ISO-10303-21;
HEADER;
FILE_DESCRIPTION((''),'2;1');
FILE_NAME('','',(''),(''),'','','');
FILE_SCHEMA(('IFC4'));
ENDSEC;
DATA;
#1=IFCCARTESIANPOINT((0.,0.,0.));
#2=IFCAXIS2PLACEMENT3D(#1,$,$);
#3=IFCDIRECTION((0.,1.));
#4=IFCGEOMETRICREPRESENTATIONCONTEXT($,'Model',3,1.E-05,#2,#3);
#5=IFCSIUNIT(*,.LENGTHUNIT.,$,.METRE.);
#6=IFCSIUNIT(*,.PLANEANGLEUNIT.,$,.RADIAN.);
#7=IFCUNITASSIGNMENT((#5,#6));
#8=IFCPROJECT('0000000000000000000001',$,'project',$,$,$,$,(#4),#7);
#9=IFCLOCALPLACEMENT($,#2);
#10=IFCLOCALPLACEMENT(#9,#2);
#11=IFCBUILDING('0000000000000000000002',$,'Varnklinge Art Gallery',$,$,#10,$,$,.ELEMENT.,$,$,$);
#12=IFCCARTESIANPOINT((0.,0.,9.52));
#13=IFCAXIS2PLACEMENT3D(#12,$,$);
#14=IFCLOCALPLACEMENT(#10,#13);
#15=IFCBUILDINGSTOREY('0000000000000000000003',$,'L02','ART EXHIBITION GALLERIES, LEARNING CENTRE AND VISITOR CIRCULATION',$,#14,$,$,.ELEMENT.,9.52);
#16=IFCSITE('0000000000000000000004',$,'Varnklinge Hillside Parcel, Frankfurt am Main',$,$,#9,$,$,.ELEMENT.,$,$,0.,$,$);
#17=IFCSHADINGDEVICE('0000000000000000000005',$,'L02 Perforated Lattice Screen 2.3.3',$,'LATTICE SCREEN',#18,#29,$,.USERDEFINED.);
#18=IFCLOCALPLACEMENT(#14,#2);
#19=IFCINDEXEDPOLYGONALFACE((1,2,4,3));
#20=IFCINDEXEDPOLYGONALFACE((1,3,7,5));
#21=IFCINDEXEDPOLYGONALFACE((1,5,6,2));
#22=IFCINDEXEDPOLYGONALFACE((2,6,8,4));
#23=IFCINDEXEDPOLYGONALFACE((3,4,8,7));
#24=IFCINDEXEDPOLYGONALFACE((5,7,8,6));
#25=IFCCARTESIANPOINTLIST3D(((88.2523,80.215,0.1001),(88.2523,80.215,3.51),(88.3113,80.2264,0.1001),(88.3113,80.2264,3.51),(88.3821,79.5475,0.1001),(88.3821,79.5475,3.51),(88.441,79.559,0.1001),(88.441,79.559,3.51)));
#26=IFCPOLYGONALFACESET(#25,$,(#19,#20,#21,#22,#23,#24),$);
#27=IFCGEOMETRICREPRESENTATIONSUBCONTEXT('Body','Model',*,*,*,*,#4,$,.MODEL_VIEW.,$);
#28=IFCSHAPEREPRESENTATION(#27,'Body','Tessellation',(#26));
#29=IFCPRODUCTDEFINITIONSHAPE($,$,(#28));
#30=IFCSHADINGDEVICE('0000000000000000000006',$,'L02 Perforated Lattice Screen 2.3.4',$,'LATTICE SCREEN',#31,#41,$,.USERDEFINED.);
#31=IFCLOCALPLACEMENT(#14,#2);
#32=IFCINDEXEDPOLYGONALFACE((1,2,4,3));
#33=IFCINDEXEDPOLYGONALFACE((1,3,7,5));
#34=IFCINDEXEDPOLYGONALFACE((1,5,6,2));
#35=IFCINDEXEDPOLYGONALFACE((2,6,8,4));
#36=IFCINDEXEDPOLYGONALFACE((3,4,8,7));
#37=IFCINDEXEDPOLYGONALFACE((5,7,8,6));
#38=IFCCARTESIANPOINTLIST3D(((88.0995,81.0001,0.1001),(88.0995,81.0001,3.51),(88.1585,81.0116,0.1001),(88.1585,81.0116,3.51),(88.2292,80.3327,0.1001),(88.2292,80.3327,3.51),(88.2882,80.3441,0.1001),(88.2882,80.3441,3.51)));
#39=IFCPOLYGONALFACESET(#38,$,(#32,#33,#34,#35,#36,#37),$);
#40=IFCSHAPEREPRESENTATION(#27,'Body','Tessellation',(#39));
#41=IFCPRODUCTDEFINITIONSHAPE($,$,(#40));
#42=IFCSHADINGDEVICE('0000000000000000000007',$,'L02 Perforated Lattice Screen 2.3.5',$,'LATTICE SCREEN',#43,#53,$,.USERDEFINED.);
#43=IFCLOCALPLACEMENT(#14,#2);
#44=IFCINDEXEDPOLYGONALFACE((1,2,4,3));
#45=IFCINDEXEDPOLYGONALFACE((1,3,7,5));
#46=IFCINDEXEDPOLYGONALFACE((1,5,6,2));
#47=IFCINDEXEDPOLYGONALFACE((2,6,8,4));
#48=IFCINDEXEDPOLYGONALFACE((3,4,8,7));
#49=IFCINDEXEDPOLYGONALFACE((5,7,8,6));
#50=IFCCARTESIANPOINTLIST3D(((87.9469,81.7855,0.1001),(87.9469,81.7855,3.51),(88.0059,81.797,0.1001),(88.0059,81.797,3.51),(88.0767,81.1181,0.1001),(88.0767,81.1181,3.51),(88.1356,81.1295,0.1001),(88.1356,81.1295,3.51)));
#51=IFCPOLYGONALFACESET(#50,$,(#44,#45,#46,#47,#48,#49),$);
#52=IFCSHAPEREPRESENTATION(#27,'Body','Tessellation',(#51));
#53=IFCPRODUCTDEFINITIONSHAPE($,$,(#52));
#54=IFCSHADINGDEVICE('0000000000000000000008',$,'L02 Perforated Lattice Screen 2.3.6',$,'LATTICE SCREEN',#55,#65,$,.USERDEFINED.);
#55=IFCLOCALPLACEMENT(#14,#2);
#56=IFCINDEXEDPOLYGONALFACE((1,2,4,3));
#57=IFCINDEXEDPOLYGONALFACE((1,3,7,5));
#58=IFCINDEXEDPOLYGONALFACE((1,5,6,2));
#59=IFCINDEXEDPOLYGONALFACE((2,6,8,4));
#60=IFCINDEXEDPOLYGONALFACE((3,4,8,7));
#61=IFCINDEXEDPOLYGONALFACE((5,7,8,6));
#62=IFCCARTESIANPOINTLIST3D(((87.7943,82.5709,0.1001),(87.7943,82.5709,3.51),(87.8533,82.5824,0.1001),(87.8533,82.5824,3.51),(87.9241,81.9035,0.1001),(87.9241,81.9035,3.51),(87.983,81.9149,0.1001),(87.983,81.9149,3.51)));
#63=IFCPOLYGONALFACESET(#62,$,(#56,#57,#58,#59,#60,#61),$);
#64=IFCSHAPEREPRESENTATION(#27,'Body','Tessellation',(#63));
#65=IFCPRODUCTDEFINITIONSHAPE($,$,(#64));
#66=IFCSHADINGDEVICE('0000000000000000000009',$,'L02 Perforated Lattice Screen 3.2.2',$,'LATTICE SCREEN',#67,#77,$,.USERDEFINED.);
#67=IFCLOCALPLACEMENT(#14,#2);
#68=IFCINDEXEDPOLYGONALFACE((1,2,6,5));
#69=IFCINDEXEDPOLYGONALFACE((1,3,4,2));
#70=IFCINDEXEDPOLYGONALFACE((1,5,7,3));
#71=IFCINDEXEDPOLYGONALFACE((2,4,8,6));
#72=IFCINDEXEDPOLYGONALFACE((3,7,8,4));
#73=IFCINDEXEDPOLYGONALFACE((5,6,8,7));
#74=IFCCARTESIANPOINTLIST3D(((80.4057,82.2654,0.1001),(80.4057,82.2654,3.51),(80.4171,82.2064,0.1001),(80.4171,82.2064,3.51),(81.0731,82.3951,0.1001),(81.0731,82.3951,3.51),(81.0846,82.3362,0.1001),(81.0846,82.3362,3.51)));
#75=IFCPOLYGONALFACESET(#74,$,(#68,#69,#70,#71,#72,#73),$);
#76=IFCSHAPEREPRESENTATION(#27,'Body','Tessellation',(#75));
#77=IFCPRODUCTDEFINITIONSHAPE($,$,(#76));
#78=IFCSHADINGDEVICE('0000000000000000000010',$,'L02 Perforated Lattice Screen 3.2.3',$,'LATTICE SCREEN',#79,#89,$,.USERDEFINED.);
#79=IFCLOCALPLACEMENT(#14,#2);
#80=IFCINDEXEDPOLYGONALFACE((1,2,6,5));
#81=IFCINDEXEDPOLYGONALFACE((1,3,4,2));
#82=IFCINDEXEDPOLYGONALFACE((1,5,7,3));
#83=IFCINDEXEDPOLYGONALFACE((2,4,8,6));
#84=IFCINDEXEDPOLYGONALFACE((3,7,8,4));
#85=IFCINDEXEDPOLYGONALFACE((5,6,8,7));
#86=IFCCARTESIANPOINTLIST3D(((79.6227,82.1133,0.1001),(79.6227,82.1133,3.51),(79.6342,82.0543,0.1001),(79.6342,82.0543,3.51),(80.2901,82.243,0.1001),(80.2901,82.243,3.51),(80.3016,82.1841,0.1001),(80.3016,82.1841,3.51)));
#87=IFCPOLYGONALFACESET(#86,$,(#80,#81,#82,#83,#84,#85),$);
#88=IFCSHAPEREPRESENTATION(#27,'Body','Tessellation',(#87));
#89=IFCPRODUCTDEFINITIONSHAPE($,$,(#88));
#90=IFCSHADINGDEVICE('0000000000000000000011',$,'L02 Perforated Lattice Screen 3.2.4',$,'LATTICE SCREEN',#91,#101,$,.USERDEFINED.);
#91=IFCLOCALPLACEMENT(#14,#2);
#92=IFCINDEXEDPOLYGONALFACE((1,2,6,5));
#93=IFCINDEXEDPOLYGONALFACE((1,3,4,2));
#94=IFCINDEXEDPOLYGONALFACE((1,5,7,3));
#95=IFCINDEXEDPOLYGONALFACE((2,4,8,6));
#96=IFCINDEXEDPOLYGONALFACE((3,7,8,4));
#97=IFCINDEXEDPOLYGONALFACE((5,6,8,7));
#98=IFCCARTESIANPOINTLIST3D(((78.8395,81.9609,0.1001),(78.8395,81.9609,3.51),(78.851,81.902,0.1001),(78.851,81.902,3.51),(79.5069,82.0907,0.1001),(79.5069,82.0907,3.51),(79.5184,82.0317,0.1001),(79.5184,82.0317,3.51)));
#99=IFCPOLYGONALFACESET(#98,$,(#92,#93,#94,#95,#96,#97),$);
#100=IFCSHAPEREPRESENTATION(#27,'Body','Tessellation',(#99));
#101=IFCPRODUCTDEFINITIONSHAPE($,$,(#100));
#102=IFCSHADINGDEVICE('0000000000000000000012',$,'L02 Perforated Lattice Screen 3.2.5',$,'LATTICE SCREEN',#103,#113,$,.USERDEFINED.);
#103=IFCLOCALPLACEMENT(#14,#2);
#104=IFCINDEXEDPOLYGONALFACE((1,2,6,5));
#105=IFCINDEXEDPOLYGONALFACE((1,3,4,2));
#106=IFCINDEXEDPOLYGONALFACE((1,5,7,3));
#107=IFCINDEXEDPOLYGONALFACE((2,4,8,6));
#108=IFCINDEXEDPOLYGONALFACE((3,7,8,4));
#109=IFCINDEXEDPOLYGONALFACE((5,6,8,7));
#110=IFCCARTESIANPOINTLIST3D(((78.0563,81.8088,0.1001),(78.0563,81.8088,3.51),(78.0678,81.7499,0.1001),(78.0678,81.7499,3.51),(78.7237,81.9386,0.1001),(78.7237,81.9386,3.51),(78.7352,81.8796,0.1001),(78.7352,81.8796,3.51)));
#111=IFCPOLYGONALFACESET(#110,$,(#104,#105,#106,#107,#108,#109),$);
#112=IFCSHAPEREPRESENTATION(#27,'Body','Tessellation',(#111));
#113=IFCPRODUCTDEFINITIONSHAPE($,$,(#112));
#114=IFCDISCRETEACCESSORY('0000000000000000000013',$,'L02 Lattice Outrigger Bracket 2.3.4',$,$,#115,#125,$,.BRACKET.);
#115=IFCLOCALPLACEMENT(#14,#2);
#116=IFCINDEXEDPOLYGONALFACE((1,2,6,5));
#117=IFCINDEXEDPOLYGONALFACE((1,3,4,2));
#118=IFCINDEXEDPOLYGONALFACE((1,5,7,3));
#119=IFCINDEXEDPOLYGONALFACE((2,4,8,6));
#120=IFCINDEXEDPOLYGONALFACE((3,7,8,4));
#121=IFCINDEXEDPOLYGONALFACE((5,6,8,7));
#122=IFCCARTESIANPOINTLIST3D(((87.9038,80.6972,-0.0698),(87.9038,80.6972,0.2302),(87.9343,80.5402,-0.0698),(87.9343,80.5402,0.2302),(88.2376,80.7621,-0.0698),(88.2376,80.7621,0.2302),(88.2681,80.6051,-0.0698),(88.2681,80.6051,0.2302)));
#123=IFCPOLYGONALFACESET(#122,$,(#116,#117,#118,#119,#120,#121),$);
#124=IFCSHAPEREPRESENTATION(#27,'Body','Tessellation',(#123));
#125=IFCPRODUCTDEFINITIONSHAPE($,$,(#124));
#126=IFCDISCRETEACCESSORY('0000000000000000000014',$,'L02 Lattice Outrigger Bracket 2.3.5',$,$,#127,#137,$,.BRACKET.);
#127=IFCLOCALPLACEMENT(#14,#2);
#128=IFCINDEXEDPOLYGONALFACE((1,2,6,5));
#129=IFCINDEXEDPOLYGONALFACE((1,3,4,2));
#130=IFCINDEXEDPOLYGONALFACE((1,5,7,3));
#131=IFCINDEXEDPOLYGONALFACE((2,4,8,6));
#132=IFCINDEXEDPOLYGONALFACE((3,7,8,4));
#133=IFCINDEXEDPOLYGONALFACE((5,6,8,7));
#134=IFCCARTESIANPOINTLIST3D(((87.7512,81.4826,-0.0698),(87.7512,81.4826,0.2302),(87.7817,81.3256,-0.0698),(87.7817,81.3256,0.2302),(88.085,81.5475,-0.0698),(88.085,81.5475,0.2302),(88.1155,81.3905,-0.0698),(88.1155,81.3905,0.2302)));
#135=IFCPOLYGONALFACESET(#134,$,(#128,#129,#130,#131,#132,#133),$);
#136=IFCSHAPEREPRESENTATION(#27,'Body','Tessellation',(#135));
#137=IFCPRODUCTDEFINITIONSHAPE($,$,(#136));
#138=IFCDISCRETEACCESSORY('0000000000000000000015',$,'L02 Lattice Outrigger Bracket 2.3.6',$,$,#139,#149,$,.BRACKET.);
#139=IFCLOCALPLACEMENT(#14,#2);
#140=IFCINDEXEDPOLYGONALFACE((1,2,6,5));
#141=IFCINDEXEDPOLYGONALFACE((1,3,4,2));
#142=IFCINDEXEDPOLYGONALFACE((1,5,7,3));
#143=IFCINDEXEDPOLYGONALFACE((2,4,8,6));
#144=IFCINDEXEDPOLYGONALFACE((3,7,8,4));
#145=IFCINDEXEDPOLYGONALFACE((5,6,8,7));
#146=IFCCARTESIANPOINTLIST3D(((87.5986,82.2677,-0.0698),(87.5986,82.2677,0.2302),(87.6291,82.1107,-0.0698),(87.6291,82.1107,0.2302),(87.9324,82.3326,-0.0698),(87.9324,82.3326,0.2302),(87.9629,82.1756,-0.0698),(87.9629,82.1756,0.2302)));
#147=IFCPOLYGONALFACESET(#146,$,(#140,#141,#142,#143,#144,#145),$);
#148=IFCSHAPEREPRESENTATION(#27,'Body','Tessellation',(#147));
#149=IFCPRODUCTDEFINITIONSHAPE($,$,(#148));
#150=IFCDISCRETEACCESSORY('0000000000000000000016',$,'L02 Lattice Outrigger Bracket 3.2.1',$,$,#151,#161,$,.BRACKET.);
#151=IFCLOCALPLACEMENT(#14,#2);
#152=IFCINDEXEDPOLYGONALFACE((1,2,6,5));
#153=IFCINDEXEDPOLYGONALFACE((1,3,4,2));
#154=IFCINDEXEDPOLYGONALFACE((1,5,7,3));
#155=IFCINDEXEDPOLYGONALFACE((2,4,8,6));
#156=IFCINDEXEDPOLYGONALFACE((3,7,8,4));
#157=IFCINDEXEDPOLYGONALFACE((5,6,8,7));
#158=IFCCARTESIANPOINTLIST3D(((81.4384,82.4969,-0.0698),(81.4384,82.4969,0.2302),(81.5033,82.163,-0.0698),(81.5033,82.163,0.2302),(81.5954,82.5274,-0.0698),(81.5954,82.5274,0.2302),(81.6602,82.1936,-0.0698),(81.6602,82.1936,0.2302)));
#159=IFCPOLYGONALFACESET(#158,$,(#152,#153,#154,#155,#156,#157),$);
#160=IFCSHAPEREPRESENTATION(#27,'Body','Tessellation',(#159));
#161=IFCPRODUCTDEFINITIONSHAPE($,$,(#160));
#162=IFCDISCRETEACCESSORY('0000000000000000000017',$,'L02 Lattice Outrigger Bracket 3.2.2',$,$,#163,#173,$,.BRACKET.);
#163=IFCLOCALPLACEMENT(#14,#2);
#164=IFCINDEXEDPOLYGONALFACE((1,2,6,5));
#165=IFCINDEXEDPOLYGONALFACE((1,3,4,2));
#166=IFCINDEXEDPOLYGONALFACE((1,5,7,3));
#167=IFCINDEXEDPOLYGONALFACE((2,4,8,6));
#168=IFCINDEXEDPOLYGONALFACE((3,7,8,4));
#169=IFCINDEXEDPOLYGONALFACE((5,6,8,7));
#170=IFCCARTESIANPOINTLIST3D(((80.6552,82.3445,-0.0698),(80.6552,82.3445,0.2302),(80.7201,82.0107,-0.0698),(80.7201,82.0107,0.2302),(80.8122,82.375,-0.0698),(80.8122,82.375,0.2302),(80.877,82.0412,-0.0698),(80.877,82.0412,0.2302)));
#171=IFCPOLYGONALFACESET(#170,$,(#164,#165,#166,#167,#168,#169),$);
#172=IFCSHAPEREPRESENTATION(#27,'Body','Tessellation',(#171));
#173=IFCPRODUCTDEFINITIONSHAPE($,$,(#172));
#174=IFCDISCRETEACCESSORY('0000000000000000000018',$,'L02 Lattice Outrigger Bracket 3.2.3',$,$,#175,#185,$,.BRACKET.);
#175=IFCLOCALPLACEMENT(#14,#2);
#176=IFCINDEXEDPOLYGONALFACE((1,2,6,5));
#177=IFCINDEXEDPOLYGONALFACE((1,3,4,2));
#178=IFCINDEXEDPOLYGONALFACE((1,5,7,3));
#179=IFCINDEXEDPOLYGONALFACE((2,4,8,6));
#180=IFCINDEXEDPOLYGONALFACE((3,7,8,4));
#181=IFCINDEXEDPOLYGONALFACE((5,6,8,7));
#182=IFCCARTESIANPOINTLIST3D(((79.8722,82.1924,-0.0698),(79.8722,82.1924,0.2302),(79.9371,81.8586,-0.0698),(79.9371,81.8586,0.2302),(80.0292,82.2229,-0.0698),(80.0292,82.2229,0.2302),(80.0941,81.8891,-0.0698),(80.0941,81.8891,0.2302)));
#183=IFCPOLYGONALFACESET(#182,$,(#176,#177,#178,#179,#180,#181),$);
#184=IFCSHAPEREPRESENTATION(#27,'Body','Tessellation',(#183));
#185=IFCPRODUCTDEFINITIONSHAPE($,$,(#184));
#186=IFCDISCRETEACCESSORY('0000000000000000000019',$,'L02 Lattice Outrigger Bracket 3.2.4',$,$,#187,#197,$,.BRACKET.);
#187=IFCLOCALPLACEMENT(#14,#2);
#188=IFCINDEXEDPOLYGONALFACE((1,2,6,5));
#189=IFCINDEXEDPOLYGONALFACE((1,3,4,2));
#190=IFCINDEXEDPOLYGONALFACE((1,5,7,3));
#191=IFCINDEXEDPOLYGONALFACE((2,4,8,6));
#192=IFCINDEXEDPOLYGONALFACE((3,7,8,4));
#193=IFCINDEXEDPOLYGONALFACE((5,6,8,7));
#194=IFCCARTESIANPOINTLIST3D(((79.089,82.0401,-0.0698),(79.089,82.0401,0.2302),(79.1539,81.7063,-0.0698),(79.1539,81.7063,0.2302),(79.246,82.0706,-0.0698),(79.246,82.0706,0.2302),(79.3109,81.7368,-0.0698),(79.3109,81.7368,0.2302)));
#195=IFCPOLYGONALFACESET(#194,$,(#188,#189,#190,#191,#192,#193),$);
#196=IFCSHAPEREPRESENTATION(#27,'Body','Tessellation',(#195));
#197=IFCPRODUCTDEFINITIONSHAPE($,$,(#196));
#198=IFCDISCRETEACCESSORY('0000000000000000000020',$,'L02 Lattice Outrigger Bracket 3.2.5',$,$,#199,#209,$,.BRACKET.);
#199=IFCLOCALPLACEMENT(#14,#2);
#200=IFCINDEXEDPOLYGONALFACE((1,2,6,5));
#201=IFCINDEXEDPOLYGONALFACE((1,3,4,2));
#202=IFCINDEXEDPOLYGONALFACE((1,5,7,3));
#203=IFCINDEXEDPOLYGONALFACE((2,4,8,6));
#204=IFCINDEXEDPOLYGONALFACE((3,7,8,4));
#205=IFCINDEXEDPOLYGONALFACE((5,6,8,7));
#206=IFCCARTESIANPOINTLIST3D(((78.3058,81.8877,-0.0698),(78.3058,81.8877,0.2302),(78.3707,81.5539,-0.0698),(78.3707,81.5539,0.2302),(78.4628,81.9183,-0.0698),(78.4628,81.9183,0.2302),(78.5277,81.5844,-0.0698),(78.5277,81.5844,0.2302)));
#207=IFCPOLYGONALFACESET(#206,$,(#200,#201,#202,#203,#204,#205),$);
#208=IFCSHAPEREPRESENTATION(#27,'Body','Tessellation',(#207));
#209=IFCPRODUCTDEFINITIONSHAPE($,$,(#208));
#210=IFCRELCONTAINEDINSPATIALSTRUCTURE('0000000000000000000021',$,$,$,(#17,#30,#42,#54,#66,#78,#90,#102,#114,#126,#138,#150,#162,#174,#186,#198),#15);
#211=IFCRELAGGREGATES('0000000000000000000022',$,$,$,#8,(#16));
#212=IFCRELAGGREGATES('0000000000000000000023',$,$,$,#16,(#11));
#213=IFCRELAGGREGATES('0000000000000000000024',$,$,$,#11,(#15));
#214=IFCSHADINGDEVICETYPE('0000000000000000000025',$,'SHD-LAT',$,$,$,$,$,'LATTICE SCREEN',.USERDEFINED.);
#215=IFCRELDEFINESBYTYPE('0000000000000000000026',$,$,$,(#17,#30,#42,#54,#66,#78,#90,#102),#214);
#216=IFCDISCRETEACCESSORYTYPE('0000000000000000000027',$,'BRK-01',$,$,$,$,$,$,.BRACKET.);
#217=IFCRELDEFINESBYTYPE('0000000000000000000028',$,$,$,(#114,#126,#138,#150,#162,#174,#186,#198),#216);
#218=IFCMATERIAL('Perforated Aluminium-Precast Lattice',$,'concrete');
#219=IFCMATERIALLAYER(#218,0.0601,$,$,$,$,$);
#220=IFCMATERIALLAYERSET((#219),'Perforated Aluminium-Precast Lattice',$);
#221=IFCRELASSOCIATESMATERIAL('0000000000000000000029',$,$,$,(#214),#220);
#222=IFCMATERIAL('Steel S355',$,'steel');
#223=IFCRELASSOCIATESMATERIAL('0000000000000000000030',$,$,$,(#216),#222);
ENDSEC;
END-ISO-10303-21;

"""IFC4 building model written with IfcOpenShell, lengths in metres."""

from ifc_helpers import new_model, si_unit, direction, frame, origin, origin_2d, place, context, subcontext, project, spatial, rectangle, extrude, material, layer, layer_set, type_object, element, save


model = new_model("IFC4")

# Units and contexts
model_context = context("Model", 3, precision=1e-05, world=origin(), true_north=direction((0.0, 1.0)))
body_context = subcontext(model_context, "Body", "Model", "MODEL_VIEW")
ifc_project = project(units=[si_unit("LENGTHUNIT", "METRE"), si_unit("PLANEANGLEUNIT", "RADIAN")], contexts=[model_context])

# Site, building, storey
site_placement = place(None, origin())
site = spatial("IfcSite", under=ifc_project, at=site_placement, Name="Varnklinge Hillside Parcel, Frankfurt am Main", CompositionType="ELEMENT", RefElevation=0.0)
building_placement = place(site_placement, origin())
building = spatial("IfcBuilding", under=site, at=building_placement, Name="Varnklinge Art Gallery", CompositionType="ELEMENT")
storey_placement = place(building_placement, frame((0.0, 0.0, 9.52)))
storey = spatial("IfcBuildingStorey", under=building, at=storey_placement, Name="L02", Description="ART EXHIBITION GALLERIES, LEARNING CENTRE AND VISITOR CIRCULATION", CompositionType="ELEMENT", Elevation=9.52)

# Shading devices
ifc_material_1 = material(Name="Perforated Aluminium-Precast Lattice", Category="concrete")
ifc_layer_1 = layer(ifc_material_1, 0.0601)
ifc_layer_set_1 = layer_set([ifc_layer_1], Name="Perforated Aluminium-Precast Lattice")
shading_device_type = type_object("IfcShadingDeviceType", Name="SHD-LAT", ElementType="LATTICE SCREEN", PredefinedType="USERDEFINED", material=ifc_layer_set_1)
for number, where, z_axis, x_axis, name in (
    (1, (88.3467, 79.887, 0.1001), (0.0, 0.0, 1.0), (-0.190809, 0.981627, 0.0), "L02 Perforated Lattice Screen 2.3.3"),
    (2, (88.1938, 80.6721, 0.1001), (0.0, 0.0, 1.0), (-0.190809, 0.981627, 0.0), "L02 Perforated Lattice Screen 2.3.4"),
    (3, (88.0413, 81.4575, 0.1001), (0.0, 0.0, 1.0), (-0.190809, 0.981627, 0.0), "L02 Perforated Lattice Screen 2.3.5"),
    (4, (87.8887, 82.2429, 0.1001), (0.0, 0.0, 1.0), (-0.190809, 0.981627, 0.0), "L02 Perforated Lattice Screen 2.3.6"),
    (5, (80.7451, 82.3008, 0.1001), (0.0, 0.0, 1.0), (-0.981627, -0.190809, 0.0), "L02 Perforated Lattice Screen 3.2.2"),
    (6, (79.9622, 82.1487, 0.1001), (0.0, 0.0, 1.0), (-0.981627, -0.190809, 0.0), "L02 Perforated Lattice Screen 3.2.3"),
    (7, (79.179, 81.9963, 0.1001), (0.0, 0.0, 1.0), (-0.981627, -0.190809, 0.0), "L02 Perforated Lattice Screen 3.2.4"),
    (8, (78.3958, 81.8442, 0.1001), (0.0, 0.0, 1.0), (-0.981627, -0.190809, 0.0), "L02 Perforated Lattice Screen 3.2.5"),
):
    element("IfcShadingDevice", number, at=place(storey_placement, frame(where, z_axis=z_axis, x_axis=x_axis)), inside=storey, type_object=shading_device_type, Name=name, ObjectType="LATTICE SCREEN", PredefinedType="USERDEFINED", context=body_context, shape_type="SweptSolid", body=[
        extrude(rectangle(XDim=0.6799, YDim=0.0601, at=origin_2d()), origin(), (0.0, 0.0, 1.0), 3.4099),
    ])

# Discrete accessories
ifc_material_2 = material(Name="Steel S355", Category="steel")
discrete_accessory_type = type_object("IfcDiscreteAccessoryType", Name="BRK-01", PredefinedType="BRACKET", material=ifc_material_2)
for number, where, z_axis, x_axis, name in (
    (9, (88.0859, 80.6511, -0.0698), (0.0, 0.0, 1.0), (-0.190809, 0.981627, 0.0), "L02 Lattice Outrigger Bracket 2.3.4"),
    (10, (87.9333, 81.4365, -0.0698), (0.0, 0.0, 1.0), (-0.190809, 0.981627, 0.0), "L02 Lattice Outrigger Bracket 2.3.5"),
    (11, (87.7808, 82.2217, -0.0698), (0.0, 0.0, 1.0), (-0.190809, 0.981627, 0.0), "L02 Lattice Outrigger Bracket 2.3.6"),
    (12, (81.5493, 82.3452, -0.0698), (0.0, 0.0, 1.0), (-0.981627, -0.190809, 0.0), "L02 Lattice Outrigger Bracket 3.2.1"),
    (13, (80.7661, 82.1929, -0.0698), (0.0, 0.0, 1.0), (-0.981627, -0.190809, 0.0), "L02 Lattice Outrigger Bracket 3.2.2"),
    (14, (79.9832, 82.0408, -0.0698), (0.0, 0.0, 1.0), (-0.981627, -0.190809, 0.0), "L02 Lattice Outrigger Bracket 3.2.3"),
    (15, (79.2, 81.8884, -0.0698), (0.0, 0.0, 1.0), (-0.981627, -0.190809, 0.0), "L02 Lattice Outrigger Bracket 3.2.4"),
    (16, (78.4167, 81.7361, -0.0698), (0.0, 0.0, 1.0), (-0.981627, -0.190809, 0.0), "L02 Lattice Outrigger Bracket 3.2.5"),
):
    element("IfcDiscreteAccessory", number, at=place(storey_placement, frame(where, z_axis=z_axis, x_axis=x_axis)), inside=storey, type_object=discrete_accessory_type, Name=name, PredefinedType="BRACKET", context=body_context, shape_type="SweptSolid", body=[
        extrude(rectangle(XDim=0.1599, YDim=0.3401, at=origin_2d()), origin(), (0.0, 0.0, 1.0), 0.3),
    ])

save(model, "model.ifc")
